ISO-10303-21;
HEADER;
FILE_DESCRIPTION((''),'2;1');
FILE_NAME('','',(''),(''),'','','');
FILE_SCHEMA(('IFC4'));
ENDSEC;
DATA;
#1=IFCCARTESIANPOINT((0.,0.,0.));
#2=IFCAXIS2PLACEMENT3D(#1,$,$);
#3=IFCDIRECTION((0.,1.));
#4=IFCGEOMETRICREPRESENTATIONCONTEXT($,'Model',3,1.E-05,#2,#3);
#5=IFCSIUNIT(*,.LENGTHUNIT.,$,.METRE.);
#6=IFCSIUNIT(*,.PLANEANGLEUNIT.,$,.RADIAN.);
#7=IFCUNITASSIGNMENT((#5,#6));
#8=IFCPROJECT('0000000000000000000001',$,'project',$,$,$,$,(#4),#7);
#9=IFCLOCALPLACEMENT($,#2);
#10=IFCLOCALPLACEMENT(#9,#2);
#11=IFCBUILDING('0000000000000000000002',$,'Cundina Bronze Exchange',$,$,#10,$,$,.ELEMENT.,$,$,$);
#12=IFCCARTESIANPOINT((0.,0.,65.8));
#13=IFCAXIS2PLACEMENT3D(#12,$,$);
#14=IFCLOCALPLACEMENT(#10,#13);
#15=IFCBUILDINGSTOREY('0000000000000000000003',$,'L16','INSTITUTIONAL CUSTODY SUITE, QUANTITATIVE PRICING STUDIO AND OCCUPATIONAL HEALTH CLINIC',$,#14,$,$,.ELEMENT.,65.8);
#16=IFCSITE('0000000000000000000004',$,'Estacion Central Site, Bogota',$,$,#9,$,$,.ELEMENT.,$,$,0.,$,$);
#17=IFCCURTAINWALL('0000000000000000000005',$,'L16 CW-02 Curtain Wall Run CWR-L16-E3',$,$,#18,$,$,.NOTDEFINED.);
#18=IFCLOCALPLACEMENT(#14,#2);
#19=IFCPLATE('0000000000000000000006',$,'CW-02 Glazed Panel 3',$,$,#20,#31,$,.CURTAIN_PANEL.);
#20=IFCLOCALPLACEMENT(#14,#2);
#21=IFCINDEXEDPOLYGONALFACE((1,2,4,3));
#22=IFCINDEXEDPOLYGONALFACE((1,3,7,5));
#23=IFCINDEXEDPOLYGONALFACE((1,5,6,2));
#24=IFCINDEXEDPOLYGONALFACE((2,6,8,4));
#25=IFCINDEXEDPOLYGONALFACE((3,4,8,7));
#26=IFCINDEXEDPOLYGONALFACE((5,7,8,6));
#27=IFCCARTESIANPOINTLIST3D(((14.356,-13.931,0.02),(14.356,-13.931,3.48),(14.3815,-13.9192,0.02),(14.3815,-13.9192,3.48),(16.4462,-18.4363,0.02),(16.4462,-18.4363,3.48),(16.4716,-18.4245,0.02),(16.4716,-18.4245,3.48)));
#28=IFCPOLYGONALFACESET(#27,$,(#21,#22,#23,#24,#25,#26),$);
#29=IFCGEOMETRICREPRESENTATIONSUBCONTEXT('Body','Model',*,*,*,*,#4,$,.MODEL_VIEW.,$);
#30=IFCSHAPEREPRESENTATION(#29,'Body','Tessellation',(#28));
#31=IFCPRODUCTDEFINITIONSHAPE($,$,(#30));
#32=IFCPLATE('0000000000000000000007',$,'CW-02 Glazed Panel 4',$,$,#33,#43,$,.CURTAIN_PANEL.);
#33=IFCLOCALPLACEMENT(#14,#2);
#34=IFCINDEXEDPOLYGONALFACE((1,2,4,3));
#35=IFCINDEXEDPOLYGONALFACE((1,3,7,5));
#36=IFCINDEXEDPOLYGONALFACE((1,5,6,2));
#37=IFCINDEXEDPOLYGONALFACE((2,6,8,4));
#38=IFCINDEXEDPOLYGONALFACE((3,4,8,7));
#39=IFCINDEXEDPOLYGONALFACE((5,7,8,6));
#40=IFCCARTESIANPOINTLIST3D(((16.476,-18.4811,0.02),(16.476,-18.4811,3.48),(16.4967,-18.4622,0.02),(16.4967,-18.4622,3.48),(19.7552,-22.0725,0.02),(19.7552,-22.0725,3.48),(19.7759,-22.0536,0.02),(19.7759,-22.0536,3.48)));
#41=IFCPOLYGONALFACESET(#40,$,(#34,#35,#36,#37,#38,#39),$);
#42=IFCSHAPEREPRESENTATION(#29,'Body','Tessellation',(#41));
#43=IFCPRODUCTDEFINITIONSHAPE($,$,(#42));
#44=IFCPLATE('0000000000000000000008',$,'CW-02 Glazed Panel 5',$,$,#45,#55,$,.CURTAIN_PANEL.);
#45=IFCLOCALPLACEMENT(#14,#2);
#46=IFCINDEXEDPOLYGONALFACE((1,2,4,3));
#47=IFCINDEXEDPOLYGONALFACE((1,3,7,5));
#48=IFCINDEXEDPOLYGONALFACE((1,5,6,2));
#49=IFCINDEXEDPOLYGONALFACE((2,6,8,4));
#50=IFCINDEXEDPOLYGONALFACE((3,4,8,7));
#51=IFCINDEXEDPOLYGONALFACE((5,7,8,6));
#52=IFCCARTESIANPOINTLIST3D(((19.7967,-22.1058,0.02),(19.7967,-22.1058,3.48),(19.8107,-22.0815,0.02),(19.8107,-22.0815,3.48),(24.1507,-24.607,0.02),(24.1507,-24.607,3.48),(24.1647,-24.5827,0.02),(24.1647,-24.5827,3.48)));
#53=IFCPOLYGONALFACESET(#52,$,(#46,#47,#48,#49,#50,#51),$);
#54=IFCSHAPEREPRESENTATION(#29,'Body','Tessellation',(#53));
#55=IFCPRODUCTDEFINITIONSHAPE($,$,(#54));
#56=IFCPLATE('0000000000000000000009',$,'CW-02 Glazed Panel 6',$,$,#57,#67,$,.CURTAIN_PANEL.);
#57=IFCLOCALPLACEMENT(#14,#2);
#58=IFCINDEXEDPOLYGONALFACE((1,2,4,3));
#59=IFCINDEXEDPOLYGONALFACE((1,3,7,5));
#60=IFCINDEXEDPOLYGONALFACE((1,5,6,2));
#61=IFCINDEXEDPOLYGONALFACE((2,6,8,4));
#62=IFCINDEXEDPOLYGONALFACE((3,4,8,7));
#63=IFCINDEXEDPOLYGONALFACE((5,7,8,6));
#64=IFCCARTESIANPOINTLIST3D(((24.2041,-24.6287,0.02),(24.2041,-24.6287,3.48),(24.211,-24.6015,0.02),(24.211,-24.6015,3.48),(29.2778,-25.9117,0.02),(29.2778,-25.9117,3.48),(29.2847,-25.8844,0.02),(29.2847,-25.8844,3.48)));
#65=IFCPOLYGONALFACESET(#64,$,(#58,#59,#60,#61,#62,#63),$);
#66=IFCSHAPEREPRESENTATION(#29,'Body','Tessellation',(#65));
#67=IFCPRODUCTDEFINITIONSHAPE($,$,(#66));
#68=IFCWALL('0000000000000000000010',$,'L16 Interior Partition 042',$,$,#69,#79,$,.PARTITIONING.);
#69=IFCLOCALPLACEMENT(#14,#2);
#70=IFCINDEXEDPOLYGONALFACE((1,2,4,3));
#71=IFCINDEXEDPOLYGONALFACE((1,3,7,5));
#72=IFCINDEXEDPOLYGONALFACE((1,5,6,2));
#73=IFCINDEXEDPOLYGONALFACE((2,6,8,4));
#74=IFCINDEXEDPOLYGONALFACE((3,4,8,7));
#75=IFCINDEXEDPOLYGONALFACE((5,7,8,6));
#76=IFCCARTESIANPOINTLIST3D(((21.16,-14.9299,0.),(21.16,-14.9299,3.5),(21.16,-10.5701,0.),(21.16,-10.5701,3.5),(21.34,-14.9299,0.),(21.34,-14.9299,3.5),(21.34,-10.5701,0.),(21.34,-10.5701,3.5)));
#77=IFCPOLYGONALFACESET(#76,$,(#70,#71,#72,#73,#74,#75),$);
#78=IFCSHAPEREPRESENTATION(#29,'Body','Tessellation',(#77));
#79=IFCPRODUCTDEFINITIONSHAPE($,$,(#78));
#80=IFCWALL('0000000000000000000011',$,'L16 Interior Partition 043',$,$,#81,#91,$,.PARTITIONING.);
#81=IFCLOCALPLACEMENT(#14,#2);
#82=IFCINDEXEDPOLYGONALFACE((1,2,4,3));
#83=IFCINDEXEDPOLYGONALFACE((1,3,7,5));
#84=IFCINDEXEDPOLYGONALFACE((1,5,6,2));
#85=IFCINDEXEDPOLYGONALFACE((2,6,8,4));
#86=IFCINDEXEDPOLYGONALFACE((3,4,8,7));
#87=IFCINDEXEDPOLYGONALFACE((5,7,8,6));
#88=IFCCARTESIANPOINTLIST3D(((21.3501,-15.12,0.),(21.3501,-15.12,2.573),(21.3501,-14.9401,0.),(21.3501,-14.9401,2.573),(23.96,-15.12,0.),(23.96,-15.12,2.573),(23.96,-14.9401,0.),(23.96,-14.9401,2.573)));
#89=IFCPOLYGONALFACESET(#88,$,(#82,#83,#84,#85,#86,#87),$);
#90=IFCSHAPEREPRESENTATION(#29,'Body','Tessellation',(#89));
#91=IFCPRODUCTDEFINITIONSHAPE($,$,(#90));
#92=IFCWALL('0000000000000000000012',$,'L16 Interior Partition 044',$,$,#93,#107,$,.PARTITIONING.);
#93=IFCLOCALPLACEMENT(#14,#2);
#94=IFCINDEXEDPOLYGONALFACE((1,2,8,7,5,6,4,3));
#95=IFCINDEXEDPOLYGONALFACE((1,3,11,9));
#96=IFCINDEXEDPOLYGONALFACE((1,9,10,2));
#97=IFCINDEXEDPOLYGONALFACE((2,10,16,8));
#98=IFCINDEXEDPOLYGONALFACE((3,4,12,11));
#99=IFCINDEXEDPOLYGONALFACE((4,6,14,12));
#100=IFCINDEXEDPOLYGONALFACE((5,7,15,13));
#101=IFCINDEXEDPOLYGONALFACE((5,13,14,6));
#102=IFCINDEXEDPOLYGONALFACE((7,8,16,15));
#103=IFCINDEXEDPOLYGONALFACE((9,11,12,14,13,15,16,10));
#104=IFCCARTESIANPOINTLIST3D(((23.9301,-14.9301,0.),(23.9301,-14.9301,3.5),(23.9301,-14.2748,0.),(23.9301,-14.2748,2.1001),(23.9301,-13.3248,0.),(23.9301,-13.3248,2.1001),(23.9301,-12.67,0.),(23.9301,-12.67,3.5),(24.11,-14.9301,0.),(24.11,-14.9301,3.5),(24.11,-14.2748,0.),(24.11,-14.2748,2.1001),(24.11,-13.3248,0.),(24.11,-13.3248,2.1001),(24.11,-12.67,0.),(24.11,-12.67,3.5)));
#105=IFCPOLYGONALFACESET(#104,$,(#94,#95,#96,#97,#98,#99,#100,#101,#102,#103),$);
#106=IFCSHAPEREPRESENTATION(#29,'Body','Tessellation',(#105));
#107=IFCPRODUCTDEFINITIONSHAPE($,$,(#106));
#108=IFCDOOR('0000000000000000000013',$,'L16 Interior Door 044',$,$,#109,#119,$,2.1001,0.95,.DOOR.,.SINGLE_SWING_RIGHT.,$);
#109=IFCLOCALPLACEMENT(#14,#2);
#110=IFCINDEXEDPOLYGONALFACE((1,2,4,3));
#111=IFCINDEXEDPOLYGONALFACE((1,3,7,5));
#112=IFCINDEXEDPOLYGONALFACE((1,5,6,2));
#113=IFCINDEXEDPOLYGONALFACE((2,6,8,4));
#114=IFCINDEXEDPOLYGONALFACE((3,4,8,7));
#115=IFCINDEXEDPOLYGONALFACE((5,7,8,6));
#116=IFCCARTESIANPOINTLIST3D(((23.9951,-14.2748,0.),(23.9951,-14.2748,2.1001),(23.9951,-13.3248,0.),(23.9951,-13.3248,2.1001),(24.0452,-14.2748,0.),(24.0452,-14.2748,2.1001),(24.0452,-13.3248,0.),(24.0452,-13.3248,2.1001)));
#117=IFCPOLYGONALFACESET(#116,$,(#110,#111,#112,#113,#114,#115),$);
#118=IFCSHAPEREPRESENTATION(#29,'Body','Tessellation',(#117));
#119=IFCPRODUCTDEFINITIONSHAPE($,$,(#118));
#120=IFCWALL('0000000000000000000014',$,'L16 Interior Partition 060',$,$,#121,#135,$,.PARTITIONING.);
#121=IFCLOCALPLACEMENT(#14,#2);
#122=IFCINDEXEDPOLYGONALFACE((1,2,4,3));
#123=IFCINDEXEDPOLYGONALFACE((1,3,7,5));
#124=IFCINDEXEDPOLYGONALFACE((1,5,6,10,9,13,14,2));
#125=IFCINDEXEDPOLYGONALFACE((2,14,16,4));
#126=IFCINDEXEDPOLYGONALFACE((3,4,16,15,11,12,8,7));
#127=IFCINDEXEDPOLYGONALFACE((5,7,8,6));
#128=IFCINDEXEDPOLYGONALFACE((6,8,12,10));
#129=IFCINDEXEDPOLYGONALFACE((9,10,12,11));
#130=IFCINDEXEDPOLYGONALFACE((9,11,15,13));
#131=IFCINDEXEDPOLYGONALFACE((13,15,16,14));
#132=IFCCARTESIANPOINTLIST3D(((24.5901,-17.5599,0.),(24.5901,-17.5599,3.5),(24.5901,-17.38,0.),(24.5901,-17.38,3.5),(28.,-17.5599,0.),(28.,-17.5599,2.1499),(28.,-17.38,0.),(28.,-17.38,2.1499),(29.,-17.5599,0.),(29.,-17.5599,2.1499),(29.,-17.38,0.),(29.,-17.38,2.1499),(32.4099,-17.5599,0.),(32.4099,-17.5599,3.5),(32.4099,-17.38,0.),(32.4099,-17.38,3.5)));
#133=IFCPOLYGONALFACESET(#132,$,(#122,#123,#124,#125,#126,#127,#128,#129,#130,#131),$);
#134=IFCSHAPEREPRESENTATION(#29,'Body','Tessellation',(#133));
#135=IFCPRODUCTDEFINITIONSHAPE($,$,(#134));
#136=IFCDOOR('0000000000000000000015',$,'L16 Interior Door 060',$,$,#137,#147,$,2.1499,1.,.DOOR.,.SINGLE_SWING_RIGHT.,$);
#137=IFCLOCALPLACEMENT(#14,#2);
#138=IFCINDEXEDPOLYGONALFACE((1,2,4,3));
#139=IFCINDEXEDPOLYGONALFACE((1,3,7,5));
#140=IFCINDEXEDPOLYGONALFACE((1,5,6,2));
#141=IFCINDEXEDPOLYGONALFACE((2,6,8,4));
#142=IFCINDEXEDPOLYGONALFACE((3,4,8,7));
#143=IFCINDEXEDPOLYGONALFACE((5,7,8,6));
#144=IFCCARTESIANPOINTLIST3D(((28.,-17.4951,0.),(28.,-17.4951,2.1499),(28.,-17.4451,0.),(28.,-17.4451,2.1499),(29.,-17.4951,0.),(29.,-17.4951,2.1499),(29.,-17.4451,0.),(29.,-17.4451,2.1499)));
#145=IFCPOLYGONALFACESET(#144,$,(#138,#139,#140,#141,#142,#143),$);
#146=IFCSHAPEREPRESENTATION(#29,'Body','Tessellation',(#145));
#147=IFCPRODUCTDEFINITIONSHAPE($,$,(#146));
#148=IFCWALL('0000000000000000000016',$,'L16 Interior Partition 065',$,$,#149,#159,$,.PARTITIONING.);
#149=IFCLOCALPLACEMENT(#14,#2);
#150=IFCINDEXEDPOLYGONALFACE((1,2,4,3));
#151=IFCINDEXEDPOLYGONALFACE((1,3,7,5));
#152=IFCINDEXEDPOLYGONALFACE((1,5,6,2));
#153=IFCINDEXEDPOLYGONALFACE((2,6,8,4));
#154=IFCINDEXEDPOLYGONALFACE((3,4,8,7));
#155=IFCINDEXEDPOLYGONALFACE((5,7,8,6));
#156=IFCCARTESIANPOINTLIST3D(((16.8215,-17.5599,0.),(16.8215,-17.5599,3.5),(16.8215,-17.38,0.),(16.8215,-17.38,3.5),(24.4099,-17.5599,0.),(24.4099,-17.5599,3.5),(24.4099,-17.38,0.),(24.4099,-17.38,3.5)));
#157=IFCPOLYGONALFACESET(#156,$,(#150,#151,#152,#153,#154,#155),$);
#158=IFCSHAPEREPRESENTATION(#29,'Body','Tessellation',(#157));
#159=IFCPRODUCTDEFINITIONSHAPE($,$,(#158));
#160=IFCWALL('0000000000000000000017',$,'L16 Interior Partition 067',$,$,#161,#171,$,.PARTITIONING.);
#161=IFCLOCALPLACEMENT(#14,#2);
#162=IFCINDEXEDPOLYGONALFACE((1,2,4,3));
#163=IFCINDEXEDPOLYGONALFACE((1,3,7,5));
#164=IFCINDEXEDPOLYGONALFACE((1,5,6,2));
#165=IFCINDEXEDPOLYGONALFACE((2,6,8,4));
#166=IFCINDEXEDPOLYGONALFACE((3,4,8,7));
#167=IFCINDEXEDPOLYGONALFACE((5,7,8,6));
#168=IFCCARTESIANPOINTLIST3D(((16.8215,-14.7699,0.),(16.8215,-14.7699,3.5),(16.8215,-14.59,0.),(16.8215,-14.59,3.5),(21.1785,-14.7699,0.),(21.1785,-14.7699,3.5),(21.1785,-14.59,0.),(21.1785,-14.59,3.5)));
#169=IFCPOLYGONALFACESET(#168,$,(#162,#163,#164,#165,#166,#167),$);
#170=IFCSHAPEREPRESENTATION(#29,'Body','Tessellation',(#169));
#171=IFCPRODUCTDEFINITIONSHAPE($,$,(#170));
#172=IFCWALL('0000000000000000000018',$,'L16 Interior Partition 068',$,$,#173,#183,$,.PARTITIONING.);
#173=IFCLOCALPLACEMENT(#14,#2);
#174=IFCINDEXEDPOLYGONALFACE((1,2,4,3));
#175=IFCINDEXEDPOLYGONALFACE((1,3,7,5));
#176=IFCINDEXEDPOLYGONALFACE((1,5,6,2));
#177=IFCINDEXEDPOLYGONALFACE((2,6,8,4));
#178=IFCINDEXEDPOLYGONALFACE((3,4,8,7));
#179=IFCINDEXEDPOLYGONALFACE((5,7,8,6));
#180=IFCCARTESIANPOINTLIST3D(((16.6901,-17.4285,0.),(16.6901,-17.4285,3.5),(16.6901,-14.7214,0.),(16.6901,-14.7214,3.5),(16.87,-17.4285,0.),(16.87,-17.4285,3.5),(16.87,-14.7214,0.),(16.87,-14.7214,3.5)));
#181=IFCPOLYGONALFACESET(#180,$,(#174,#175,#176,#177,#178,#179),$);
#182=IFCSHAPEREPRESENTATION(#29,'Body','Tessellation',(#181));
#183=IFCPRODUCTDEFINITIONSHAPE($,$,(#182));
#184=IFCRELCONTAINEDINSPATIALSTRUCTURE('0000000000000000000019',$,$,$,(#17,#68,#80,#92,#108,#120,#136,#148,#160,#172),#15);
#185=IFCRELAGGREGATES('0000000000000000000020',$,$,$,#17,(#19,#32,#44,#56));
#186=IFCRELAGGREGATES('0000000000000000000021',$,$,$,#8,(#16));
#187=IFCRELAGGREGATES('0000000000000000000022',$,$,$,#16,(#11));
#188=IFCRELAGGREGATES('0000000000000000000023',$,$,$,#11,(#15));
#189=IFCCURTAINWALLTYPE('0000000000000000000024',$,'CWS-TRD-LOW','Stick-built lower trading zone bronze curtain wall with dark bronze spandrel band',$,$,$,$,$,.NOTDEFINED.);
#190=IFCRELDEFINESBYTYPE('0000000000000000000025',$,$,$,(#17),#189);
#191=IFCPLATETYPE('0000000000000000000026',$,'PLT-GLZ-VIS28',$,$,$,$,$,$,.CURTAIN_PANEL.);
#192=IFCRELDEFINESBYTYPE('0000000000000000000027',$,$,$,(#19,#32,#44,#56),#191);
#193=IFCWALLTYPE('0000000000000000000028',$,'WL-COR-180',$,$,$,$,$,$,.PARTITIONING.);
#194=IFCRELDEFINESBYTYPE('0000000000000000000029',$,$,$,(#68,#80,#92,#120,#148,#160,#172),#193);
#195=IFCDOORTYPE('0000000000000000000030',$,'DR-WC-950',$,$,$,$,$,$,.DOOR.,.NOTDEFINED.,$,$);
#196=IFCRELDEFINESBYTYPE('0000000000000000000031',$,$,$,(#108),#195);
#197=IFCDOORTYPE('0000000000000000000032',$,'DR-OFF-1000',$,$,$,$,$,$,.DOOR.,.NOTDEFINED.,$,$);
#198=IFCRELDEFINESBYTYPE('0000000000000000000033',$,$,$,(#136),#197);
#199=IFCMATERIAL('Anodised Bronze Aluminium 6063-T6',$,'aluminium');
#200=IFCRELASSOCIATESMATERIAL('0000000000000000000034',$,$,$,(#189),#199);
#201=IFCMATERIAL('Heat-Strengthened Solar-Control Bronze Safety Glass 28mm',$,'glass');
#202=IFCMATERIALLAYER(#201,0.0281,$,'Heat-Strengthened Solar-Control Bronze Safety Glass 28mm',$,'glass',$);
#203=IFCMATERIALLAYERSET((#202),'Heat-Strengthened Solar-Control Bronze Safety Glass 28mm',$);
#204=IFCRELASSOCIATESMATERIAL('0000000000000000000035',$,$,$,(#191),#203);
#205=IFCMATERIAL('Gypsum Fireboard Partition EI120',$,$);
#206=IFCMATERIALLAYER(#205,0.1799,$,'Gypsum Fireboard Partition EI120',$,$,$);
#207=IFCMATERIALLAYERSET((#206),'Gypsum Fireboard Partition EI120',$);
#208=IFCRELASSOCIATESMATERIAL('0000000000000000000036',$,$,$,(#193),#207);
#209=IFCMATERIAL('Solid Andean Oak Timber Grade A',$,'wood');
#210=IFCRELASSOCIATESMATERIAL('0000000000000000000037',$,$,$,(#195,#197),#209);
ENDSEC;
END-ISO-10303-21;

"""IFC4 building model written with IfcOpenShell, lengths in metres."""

from ifc_helpers import new_model, si_unit, direction, frame, frame_2d, origin, origin_2d, place, context, subcontext, project, spatial, rectangle, extrude, material, layer, layer_set, type_object, element, fill, aggregate, save


model = new_model("IFC4")

# Units and contexts
model_context = context("Model", 3, precision=1e-05, world=origin(), true_north=direction((0.0, 1.0)))
body_context = subcontext(model_context, "Body", "Model", "MODEL_VIEW")
ifc_project = project(units=[si_unit("LENGTHUNIT", "METRE"), si_unit("PLANEANGLEUNIT", "RADIAN")], contexts=[model_context])

# Site, building, storey
site_placement = place(None, origin())
site = spatial("IfcSite", under=ifc_project, at=site_placement, Name="Estacion Central Site, Bogota", CompositionType="ELEMENT", RefElevation=0.0)
building_placement = place(site_placement, origin())
building = spatial("IfcBuilding", under=site, at=building_placement, Name="Cundina Bronze Exchange", CompositionType="ELEMENT")
storey_placement = place(building_placement, frame((0.0, 0.0, 65.8)))
storey = spatial("IfcBuildingStorey", under=building, at=storey_placement, Name="L16", Description="INSTITUTIONAL CUSTODY SUITE, QUANTITATIVE PRICING STUDIO AND OCCUPATIONAL HEALTH CLINIC", CompositionType="ELEMENT", Elevation=65.8)

# Curtain wall, plates
ifc_material_1 = material(Name="Anodised Bronze Aluminium 6063-T6", Category="aluminium")
curtain_wall_type = type_object("IfcCurtainWallType", Name="CWS-TRD-LOW", Description="Stick-built lower trading zone bronze curtain wall with dark bronze spandrel band", PredefinedType="NOTDEFINED", material=ifc_material_1)
curtain_wall_placement = place(storey_placement, origin())
curtain_wall = element("IfcCurtainWall", 1, at=curtain_wall_placement, inside=storey, type_object=curtain_wall_type, Name="L16 CW-02 Curtain Wall Run CWR-L16-E3", PredefinedType="NOTDEFINED")
ifc_material_2 = material(Name="Heat-Strengthened Solar-Control Bronze Safety Glass 28mm", Category="glass")
ifc_layer_1 = layer(ifc_material_2, 0.0281, Name="Heat-Strengthened Solar-Control Bronze Safety Glass 28mm", Category="glass")
ifc_layer_set_1 = layer_set([ifc_layer_1], Name="Heat-Strengthened Solar-Control Bronze Safety Glass 28mm")
plate_type = type_object("IfcPlateType", Name="PLT-GLZ-VIS28", PredefinedType="CURTAIN_PANEL", material=ifc_layer_set_1)
plate_1_placement = place(storey_placement, frame((15.4138, -16.1777, 0.02), z_axis=(0.0, 0.0, 1.0), x_axis=(0.420846, -0.907132, 0.0)))
plate_1 = element("IfcPlate", 2, at=plate_1_placement, type_object=plate_type, Name="CW-02 Glazed Panel 3", PredefinedType="CURTAIN_PANEL", context=body_context, shape_type="SweptSolid", body=[
    extrude(rectangle(XDim=4.9666, YDim=0.0281, at=origin_2d()), origin(), (0.0, 0.0, 1.0), 3.46),
])
plate_2_placement = place(storey_placement, frame((18.126, -20.2673, 0.02), z_axis=(0.0, 0.0, 1.0), x_axis=(0.674277, -0.738479, 0.0)))
plate_2 = element("IfcPlate", 3, at=plate_2_placement, type_object=plate_type, Name="CW-02 Glazed Panel 4", PredefinedType="CURTAIN_PANEL", context=body_context, shape_type="SweptSolid", body=[
    extrude(rectangle(XDim=4.8633, YDim=0.0281, at=origin_2d()), origin(), (0.0, 0.0, 1.0), 3.46),
])
plate_3_placement = place(storey_placement, frame((21.9807, -23.3442, 0.02), z_axis=(0.0, 0.0, 1.0), x_axis=(0.867105, -0.498125, 0.0)))
plate_3 = element("IfcPlate", 4, at=plate_3_placement, type_object=plate_type, Name="CW-02 Glazed Panel 5", PredefinedType="CURTAIN_PANEL", context=body_context, shape_type="SweptSolid", body=[
    extrude(rectangle(XDim=5.0212, YDim=0.0281, at=origin_2d()), origin(), (0.0, 0.0, 1.0), 3.46),
])
plate_4_placement = place(storey_placement, frame((26.7444, -25.2566, 0.02), z_axis=(0.0, 0.0, 1.0), x_axis=(0.969488, -0.245138, 0.0)))
plate_4 = element("IfcPlate", 5, at=plate_4_placement, type_object=plate_type, Name="CW-02 Glazed Panel 6", PredefinedType="CURTAIN_PANEL", context=body_context, shape_type="SweptSolid", body=[
    extrude(rectangle(XDim=5.2334, YDim=0.0281, at=origin_2d()), origin(), (0.0, 0.0, 1.0), 3.46),
])
aggregate(curtain_wall, [plate_1, plate_2, plate_3, plate_4])

# Walls
ifc_material_3 = material(Name="Gypsum Fireboard Partition EI120")
ifc_layer_2 = layer(ifc_material_3, 0.1799, Name="Gypsum Fireboard Partition EI120")
ifc_layer_set_2 = layer_set([ifc_layer_2], Name="Gypsum Fireboard Partition EI120")
wall_type_1 = type_object("IfcWallType", Name="WL-COR-180", PredefinedType="PARTITIONING", material=ifc_layer_set_2)
wall_1_placement = place(storey_placement, frame((21.25, -14.9299, 0.0), z_axis=(0.0, 0.0, 1.0), x_axis=(0.0, 1.0, 0.0)))
element("IfcWall", 6, at=wall_1_placement, inside=storey, type_object=wall_type_1, Name="L16 Interior Partition 042", PredefinedType="PARTITIONING", context=body_context, shape_type="SweptSolid", body=[
    extrude(rectangle(XDim=4.3599, YDim=0.1799, at=frame_2d((2.1799, 0.0))), origin(), (0.0, 0.0, 1.0), 3.5),
])
wall_2_placement = place(storey_placement, frame((21.3501, -15.03, 0.0), z_axis=(0.0, 0.0, 1.0), x_axis=(1.0, 0.0, 0.0)))
element("IfcWall", 7, at=wall_2_placement, inside=storey, type_object=wall_type_1, Name="L16 Interior Partition 043", PredefinedType="PARTITIONING", context=body_context, shape_type="SweptSolid", body=[
    extrude(rectangle(XDim=2.6099, YDim=0.1799, at=frame_2d((1.3049, 0.0))), origin(), (0.0, 0.0, 1.0), 2.573),
])

# Walls, openings, doors
wall_3_placement = place(storey_placement, frame((24.02, -14.9299, 0.0), z_axis=(0.0, 0.0, 1.0), x_axis=(0.0, 1.0, 0.0)))
wall_3 = element("IfcWall", 8, at=wall_3_placement, inside=storey, type_object=wall_type_1, Name="L16 Interior Partition 044", PredefinedType="PARTITIONING", context=body_context, shape_type="SweptSolid", body=[
    extrude(rectangle(XDim=2.26, YDim=0.1799, at=frame_2d((1.1299, 0.0))), origin(), (0.0, 0.0, 1.0), 3.5),
])
opening_1_placement = place(wall_3_placement, frame((0.655, 0.0, 0.0)))
opening_1 = element("IfcOpeningElement", 9, at=opening_1_placement, cuts=wall_3, PredefinedType="OPENING", context=body_context, shape_type="SweptSolid", body=[
    extrude(rectangle(XDim=0.95, YDim=2.1001, at=frame_2d((0.4751, 1.05))), frame((0.0, 0.0999, 0.0), z_axis=(0.0, -1.0, 0.0), x_axis=(1.0, 0.0, 0.0)), (0.0, 0.0, 1.0), 0.2),
])
ifc_material_4 = material(Name="Solid Andean Oak Timber Grade A", Category="wood")
door_type_1 = type_object("IfcDoorType", Name="DR-WC-950", OperationType="NOTDEFINED", PredefinedType="DOOR", material=ifc_material_4)
door_1_placement = place(opening_1_placement, origin())
door_1 = element("IfcDoor", 10, at=door_1_placement, inside=storey, type_object=door_type_1, Name="L16 Interior Door 044", OperationType="SINGLE_SWING_RIGHT", OverallHeight=2.1001, OverallWidth=0.95, PredefinedType="DOOR", context=body_context, shape_type="SweptSolid", body=[
    extrude(rectangle(XDim=0.95, YDim=2.1001, at=frame_2d((0.4751, 1.05))), frame((0.0, 0.0249, 0.0), z_axis=(0.0, -1.0, 0.0), x_axis=(1.0, 0.0, 0.0)), (0.0, 0.0, 1.0), 0.05),
])
fill(opening_1, door_1)
wall_4_placement = place(storey_placement, frame((24.5901, -17.47, 0.0), z_axis=(0.0, 0.0, 1.0), x_axis=(1.0, 0.0, 0.0)))
wall_4 = element("IfcWall", 11, at=wall_4_placement, inside=storey, type_object=wall_type_1, Name="L16 Interior Partition 060", PredefinedType="PARTITIONING", context=body_context, shape_type="SweptSolid", body=[
    extrude(rectangle(XDim=7.8198, YDim=0.1799, at=frame_2d((3.9099, 0.0))), origin(), (0.0, 0.0, 1.0), 3.5),
])
opening_2_placement = place(wall_4_placement, frame((3.4099, 0.0, 0.0)))
opening_2 = element("IfcOpeningElement", 12, at=opening_2_placement, cuts=wall_4, PredefinedType="OPENING", context=body_context, shape_type="SweptSolid", body=[
    extrude(rectangle(XDim=1.0, YDim=2.1499, at=frame_2d((0.5, 1.075))), frame((0.0, 0.0999, 0.0), z_axis=(0.0, -1.0, 0.0), x_axis=(1.0, 0.0, 0.0)), (0.0, 0.0, 1.0), 0.2),
])
door_type_2 = type_object("IfcDoorType", Name="DR-OFF-1000", OperationType="NOTDEFINED", PredefinedType="DOOR", material=ifc_material_4)
door_2_placement = place(opening_2_placement, origin())
door_2 = element("IfcDoor", 13, at=door_2_placement, inside=storey, type_object=door_type_2, Name="L16 Interior Door 060", OperationType="SINGLE_SWING_RIGHT", OverallHeight=2.1499, OverallWidth=1.0, PredefinedType="DOOR", context=body_context, shape_type="SweptSolid", body=[
    extrude(rectangle(XDim=1.0, YDim=2.1499, at=frame_2d((0.5, 1.075))), frame((0.0, 0.0249, 0.0), z_axis=(0.0, -1.0, 0.0), x_axis=(1.0, 0.0, 0.0)), (0.0, 0.0, 1.0), 0.05),
])
fill(opening_2, door_2)

# Walls
wall_5_placement = place(storey_placement, frame((16.8215, -17.47, 0.0), z_axis=(0.0, 0.0, 1.0), x_axis=(1.0, 0.0, 0.0)))
element("IfcWall", 14, at=wall_5_placement, inside=storey, type_object=wall_type_1, Name="L16 Interior Partition 065", PredefinedType="PARTITIONING", context=body_context, shape_type="SweptSolid", body=[
    extrude(rectangle(XDim=7.5884, YDim=0.1799, at=frame_2d((3.7942, 0.0))), origin(), (0.0, 0.0, 1.0), 3.5),
])
wall_6_placement = place(storey_placement, frame((21.1785, -14.6799, 0.0), z_axis=(0.0, 0.0, 1.0), x_axis=(-1.0, 0.0, 0.0)))
element("IfcWall", 15, at=wall_6_placement, inside=storey, type_object=wall_type_1, Name="L16 Interior Partition 067", PredefinedType="PARTITIONING", context=body_context, shape_type="SweptSolid", body=[
    extrude(rectangle(XDim=4.3569, YDim=0.1799, at=frame_2d((2.1785, 0.0))), origin(), (0.0, 0.0, 1.0), 3.5),
])
wall_7_placement = place(storey_placement, frame((16.78, -14.7214, 0.0), z_axis=(0.0, 0.0, 1.0), x_axis=(0.0, -1.0, 0.0)))
element("IfcWall", 16, at=wall_7_placement, inside=storey, type_object=wall_type_1, Name="L16 Interior Partition 068", PredefinedType="PARTITIONING", context=body_context, shape_type="SweptSolid", body=[
    extrude(rectangle(XDim=2.707, YDim=0.1799, at=frame_2d((1.3535, 0.0))), origin(), (0.0, 0.0, 1.0), 3.5),
])

save(model, "model.ifc")
